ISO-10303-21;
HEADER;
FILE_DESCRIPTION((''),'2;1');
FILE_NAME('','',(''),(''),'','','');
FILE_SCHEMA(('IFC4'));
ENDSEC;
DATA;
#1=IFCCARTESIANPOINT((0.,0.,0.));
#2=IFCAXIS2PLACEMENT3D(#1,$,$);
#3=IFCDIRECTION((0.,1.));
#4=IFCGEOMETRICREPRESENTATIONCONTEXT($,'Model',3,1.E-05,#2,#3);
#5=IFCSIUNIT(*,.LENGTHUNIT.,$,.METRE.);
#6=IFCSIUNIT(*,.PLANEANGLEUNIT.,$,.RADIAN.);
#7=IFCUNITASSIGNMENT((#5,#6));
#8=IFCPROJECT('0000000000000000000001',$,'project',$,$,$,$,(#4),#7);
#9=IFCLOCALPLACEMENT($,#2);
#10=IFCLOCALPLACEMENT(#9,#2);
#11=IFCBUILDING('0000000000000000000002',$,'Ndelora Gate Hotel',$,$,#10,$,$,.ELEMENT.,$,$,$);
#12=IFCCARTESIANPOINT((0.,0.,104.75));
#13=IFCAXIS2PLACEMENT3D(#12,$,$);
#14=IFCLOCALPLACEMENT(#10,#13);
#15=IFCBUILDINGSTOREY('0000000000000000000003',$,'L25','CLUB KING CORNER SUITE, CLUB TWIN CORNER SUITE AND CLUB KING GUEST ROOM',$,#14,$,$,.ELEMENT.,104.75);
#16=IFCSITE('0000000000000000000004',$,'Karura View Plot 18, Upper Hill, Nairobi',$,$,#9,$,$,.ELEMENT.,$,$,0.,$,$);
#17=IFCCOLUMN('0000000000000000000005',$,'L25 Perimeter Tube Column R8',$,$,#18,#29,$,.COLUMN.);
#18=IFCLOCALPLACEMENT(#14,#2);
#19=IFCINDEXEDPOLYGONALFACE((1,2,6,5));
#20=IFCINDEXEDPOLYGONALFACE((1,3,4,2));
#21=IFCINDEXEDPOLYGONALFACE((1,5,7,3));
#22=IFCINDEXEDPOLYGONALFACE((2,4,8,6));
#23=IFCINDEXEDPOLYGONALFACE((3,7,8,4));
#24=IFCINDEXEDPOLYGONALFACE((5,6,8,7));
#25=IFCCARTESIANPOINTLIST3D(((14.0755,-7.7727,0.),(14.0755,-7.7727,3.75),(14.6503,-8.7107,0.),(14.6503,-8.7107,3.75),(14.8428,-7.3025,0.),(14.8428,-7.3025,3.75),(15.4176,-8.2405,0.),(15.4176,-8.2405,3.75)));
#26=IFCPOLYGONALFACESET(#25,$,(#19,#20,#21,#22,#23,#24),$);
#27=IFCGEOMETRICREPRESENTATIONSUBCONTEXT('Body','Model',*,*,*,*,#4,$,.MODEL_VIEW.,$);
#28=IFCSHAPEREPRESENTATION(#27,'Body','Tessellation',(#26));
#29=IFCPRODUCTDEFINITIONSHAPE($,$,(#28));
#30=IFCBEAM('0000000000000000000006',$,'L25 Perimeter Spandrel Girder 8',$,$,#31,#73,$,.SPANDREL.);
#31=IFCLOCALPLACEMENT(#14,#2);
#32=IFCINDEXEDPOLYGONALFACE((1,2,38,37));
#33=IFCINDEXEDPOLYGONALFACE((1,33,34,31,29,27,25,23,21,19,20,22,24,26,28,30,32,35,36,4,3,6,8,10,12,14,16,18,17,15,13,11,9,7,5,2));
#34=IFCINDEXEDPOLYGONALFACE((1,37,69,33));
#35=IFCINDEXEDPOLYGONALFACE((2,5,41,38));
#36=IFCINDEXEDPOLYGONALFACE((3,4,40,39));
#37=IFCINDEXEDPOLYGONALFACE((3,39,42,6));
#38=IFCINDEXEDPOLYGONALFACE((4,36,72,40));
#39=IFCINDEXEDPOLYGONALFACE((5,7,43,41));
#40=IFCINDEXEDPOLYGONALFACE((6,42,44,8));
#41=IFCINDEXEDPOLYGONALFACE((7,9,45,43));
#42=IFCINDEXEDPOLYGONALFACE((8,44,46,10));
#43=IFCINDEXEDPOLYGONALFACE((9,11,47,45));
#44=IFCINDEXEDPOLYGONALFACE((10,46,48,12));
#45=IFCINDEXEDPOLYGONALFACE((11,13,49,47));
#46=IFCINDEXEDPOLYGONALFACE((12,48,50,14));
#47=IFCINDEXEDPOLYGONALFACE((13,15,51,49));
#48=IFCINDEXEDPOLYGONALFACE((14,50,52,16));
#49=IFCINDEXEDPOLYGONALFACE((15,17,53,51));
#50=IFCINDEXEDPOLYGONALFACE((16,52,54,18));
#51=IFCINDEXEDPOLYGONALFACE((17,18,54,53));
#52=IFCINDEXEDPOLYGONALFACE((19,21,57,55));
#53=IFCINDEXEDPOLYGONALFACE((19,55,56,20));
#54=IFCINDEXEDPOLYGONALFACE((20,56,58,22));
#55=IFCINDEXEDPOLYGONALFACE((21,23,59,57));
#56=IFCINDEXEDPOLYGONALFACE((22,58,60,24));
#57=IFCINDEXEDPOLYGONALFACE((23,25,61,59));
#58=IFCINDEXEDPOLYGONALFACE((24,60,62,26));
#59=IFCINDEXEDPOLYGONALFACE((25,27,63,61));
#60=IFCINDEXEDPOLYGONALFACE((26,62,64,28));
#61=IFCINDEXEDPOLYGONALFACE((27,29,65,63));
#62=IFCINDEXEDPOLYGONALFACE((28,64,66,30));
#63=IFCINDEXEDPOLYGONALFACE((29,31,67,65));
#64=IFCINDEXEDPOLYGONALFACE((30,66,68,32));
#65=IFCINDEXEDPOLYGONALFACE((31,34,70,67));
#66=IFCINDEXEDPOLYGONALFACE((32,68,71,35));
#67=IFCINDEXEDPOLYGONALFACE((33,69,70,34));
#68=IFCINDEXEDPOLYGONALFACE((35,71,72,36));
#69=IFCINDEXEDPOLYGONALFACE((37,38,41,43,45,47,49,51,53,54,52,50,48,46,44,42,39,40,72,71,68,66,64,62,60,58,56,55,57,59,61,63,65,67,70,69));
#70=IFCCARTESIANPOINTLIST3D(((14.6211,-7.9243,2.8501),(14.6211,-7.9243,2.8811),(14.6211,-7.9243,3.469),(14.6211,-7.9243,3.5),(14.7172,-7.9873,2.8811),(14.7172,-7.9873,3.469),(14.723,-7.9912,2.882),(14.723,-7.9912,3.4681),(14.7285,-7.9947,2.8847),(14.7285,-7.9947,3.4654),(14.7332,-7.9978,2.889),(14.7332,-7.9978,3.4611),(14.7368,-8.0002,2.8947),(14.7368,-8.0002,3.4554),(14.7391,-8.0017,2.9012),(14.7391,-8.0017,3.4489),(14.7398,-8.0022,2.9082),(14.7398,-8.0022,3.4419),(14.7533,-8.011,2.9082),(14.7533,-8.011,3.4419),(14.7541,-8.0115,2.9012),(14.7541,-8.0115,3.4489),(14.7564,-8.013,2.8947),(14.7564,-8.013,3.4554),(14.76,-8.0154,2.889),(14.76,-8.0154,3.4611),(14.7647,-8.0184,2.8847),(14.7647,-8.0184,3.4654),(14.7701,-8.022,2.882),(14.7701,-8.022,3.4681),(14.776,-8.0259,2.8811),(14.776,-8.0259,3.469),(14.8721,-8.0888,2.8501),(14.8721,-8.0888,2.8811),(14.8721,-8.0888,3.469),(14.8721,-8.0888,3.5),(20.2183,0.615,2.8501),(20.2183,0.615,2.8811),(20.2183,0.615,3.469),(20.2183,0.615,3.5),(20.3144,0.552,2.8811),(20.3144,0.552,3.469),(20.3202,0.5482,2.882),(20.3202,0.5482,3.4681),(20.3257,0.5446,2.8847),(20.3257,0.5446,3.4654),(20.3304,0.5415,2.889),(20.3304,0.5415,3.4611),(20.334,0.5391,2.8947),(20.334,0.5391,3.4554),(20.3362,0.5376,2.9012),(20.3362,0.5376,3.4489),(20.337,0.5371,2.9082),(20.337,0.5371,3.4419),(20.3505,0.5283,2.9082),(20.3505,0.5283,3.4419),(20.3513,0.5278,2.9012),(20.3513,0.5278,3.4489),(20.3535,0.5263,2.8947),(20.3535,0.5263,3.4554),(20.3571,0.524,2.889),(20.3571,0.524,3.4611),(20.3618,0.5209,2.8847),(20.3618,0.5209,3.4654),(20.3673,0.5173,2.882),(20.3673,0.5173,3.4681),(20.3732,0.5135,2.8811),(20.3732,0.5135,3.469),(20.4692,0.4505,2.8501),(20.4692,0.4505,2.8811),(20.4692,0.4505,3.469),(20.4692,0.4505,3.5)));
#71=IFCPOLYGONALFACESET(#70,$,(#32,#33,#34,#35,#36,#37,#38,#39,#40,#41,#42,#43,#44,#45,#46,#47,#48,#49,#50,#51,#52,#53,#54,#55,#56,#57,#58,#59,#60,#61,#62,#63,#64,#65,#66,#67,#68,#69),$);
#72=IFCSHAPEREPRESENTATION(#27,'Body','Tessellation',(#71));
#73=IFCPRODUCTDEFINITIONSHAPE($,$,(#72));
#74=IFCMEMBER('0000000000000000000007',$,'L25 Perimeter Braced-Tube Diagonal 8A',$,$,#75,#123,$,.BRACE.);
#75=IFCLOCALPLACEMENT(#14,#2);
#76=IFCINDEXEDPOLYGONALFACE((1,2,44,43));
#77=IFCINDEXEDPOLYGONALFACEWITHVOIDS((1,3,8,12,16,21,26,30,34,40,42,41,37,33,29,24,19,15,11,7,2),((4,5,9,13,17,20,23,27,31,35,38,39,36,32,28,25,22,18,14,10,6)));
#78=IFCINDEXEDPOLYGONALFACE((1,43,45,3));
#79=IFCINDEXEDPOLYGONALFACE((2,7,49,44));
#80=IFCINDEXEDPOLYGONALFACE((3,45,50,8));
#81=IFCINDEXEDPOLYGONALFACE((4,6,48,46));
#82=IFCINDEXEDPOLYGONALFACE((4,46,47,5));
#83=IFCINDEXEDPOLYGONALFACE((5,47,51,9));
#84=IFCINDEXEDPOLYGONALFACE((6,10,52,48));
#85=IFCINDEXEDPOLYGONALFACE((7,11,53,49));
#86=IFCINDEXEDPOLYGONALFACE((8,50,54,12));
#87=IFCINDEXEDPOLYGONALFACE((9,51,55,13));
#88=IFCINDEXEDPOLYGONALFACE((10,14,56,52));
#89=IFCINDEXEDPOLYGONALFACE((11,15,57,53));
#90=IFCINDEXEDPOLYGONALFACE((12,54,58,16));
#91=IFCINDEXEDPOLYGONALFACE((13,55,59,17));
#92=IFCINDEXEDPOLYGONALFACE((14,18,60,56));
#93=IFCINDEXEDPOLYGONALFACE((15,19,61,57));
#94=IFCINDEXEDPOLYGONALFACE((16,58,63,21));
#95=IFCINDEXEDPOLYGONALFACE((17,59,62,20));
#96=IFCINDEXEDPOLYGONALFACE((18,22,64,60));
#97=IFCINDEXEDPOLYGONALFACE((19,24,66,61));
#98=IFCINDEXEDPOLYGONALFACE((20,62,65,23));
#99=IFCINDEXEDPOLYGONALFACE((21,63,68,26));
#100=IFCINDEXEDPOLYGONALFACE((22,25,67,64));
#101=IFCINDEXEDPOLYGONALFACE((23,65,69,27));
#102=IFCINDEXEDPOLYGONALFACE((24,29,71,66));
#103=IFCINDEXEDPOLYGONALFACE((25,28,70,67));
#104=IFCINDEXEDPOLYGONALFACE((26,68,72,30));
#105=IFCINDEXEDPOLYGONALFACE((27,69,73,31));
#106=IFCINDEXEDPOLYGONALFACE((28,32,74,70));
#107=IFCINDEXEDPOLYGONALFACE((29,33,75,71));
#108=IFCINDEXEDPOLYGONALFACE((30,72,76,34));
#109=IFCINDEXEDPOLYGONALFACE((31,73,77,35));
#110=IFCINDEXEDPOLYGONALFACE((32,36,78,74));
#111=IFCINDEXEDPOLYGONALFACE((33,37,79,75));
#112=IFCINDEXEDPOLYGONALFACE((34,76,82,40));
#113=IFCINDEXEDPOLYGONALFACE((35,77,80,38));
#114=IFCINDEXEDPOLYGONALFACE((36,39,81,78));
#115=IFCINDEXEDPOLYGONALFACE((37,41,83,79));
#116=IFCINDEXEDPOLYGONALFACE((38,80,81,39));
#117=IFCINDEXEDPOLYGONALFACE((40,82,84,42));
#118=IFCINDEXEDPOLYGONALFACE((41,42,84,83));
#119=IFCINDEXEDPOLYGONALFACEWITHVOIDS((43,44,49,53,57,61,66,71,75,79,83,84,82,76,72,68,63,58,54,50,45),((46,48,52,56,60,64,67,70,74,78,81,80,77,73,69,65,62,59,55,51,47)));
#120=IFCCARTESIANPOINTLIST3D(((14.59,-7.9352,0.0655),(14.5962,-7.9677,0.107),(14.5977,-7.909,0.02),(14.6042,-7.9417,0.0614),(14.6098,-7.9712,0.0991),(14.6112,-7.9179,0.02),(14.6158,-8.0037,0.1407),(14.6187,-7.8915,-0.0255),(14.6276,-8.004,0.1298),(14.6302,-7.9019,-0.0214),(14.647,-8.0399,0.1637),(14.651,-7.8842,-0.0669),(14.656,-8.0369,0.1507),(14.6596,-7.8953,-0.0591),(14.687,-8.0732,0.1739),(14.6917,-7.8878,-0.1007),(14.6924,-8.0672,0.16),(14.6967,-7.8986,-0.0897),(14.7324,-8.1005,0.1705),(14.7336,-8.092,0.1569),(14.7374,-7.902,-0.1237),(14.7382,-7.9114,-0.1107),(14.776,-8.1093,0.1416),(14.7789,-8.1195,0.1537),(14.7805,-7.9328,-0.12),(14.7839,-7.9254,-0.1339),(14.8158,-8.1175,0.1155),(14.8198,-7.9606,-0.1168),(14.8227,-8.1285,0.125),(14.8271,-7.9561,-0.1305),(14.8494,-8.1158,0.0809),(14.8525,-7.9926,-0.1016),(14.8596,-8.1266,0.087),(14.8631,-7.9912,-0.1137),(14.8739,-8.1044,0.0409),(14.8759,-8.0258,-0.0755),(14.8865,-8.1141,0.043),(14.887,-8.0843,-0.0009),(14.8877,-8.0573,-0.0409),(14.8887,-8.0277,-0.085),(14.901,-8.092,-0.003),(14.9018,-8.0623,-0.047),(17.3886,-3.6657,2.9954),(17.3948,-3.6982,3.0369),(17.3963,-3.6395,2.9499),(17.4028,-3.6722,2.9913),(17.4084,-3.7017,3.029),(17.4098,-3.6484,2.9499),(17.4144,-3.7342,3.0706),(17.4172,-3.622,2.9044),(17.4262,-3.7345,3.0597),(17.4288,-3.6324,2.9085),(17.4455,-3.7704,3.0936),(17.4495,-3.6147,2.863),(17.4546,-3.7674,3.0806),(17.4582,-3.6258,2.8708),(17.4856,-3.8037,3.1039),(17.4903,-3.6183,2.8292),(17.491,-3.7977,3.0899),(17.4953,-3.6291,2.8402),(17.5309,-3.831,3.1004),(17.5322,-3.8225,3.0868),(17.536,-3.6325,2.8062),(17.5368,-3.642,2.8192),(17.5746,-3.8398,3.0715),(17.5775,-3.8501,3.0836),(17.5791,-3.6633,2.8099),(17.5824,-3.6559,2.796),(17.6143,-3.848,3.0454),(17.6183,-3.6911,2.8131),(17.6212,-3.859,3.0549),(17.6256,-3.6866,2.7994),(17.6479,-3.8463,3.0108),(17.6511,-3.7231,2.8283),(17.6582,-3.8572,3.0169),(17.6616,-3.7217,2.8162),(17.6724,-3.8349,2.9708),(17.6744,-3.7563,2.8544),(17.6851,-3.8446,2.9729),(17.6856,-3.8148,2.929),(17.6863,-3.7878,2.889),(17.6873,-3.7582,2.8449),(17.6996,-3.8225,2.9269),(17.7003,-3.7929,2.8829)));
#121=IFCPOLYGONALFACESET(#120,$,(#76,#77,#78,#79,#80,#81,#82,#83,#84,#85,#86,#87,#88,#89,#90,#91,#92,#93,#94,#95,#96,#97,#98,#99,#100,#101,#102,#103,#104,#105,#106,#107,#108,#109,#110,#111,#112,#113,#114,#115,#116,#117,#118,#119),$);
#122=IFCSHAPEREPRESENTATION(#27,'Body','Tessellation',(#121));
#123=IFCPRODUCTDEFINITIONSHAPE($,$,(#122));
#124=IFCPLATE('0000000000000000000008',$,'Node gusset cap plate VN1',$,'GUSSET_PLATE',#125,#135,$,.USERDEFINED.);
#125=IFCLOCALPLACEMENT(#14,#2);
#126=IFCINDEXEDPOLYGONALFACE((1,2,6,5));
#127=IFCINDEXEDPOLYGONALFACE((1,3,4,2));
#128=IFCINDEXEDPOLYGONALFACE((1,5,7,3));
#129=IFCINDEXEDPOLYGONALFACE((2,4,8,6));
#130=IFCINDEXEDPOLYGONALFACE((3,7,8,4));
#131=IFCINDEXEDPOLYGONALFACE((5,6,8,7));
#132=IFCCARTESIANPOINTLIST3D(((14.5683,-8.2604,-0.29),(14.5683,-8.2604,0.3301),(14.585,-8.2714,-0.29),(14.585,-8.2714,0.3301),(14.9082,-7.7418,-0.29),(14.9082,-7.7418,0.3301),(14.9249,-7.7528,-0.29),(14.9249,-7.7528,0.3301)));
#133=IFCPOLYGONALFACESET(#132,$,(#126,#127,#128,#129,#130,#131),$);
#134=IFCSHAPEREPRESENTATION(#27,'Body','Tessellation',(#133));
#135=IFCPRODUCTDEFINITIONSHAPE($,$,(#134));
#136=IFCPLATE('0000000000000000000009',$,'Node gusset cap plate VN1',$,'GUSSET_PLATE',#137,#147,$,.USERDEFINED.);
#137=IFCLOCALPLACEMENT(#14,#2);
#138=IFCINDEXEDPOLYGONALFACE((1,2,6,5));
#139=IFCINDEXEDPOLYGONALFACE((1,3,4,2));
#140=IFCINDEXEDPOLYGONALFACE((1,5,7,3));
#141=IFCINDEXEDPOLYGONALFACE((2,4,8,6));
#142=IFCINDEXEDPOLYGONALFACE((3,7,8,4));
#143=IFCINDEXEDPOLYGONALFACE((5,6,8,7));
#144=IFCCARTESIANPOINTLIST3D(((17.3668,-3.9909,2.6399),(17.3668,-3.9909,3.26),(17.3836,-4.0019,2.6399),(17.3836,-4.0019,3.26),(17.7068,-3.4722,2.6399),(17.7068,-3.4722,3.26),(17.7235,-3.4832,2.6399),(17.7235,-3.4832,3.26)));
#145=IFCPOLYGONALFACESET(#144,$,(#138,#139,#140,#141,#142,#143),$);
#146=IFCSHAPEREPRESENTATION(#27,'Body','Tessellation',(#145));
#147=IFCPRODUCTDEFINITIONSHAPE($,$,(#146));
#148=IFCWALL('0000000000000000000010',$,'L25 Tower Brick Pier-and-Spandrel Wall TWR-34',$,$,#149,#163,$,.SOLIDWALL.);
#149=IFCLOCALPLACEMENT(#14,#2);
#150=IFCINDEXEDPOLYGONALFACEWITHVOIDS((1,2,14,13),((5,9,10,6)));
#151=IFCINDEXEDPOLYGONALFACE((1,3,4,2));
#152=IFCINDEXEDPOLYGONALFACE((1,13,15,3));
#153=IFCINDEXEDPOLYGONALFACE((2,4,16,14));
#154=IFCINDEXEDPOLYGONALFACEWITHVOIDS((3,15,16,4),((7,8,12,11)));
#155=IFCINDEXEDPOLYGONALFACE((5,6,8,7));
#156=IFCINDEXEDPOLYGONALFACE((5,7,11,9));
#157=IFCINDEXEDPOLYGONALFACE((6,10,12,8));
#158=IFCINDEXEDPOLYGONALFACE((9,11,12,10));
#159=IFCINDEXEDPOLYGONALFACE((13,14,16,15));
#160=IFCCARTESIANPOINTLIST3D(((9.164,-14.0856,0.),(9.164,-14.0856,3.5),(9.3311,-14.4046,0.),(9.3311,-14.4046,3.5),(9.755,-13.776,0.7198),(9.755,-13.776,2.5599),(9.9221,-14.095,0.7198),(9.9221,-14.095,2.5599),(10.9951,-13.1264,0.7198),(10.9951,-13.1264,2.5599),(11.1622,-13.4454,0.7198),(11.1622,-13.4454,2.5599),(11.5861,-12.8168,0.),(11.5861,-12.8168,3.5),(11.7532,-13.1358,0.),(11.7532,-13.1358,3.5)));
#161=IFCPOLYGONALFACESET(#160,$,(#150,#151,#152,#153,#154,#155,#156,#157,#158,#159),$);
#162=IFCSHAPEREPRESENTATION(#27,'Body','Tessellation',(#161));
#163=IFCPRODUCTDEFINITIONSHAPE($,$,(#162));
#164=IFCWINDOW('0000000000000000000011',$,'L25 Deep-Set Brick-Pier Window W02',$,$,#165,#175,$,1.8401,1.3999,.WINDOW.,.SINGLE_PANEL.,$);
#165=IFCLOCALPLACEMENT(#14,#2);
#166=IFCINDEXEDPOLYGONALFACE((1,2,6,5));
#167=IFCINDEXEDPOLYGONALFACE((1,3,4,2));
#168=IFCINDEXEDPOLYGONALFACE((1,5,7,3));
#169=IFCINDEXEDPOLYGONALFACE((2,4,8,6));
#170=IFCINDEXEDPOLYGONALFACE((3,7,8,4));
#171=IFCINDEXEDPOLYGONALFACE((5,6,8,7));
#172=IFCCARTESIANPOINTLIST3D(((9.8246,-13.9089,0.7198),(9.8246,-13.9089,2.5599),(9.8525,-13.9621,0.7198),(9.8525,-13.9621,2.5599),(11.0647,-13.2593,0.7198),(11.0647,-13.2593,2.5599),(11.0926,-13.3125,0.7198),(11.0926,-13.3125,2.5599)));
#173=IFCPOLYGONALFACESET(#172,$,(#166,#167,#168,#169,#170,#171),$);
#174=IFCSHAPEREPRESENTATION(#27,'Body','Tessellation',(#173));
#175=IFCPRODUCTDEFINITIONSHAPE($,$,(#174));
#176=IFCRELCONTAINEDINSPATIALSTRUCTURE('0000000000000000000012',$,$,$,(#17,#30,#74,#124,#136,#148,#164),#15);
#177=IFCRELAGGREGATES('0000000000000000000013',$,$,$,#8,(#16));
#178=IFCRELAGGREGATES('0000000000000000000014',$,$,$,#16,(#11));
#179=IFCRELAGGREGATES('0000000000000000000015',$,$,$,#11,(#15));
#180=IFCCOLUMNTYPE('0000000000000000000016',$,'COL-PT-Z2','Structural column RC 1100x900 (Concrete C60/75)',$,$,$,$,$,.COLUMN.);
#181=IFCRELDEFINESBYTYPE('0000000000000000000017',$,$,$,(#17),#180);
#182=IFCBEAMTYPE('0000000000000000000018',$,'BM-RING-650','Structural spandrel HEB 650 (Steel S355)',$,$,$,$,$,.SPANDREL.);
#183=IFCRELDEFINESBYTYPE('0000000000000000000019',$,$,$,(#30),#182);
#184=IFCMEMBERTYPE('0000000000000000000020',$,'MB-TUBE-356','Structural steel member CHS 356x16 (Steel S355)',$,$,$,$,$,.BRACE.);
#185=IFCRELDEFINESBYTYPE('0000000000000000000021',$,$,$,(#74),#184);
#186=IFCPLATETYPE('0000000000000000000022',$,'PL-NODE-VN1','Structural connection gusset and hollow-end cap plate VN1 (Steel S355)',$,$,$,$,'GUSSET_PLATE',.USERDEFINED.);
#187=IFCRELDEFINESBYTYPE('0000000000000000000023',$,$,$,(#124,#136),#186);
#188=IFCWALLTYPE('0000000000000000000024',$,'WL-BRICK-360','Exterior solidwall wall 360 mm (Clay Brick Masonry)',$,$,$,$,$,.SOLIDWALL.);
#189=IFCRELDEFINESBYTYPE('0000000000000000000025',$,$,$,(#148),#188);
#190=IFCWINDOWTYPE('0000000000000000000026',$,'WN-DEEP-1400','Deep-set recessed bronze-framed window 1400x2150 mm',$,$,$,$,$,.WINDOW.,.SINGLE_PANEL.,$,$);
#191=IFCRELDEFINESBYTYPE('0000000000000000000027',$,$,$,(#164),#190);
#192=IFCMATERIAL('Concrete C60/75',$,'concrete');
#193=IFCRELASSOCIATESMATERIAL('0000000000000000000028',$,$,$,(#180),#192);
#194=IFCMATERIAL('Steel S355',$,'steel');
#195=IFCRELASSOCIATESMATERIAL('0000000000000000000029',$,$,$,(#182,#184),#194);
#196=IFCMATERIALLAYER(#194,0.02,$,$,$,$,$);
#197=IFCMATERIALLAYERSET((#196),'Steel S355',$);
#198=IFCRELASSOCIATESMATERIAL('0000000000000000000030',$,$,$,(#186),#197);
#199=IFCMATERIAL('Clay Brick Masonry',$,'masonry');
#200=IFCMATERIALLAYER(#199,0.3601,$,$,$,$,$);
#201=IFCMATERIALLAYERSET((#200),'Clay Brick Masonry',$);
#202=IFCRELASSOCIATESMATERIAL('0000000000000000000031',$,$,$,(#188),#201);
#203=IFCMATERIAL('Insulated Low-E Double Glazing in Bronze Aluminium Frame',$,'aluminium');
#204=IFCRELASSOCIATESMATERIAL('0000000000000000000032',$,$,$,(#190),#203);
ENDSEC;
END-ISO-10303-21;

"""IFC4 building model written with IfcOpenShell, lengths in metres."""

from ifc_helpers import new_model, si_unit, direction, frame, frame_2d, origin, origin_2d, place, context, subcontext, project, spatial, rectangle, hollow_circle, i_section, extrude, material, layer, layer_set, material_profile, profile_set, type_object, element, fill, save


model = new_model("IFC4")

# Units and contexts
model_context = context("Model", 3, precision=1e-05, world=origin(), true_north=direction((0.0, 1.0)))
body_context = subcontext(model_context, "Body", "Model", "MODEL_VIEW")
ifc_project = project(units=[si_unit("LENGTHUNIT", "METRE"), si_unit("PLANEANGLEUNIT", "RADIAN")], contexts=[model_context])

# Site, building, storey
site_placement = place(None, origin())
site = spatial("IfcSite", under=ifc_project, at=site_placement, Name="Karura View Plot 18, Upper Hill, Nairobi", CompositionType="ELEMENT", RefElevation=0.0)
building_placement = place(site_placement, origin())
building = spatial("IfcBuilding", under=site, at=building_placement, Name="Ndelora Gate Hotel", CompositionType="ELEMENT")
storey_placement = place(building_placement, frame((0.0, 0.0, 104.75)))
storey = spatial("IfcBuildingStorey", under=building, at=storey_placement, Name="L25", Description="CLUB KING CORNER SUITE, CLUB TWIN CORNER SUITE AND CLUB KING GUEST ROOM", CompositionType="ELEMENT", Elevation=104.75)

# Column
ifc_material_1 = material(Name="Concrete C60/75", Category="concrete")
ifc_material_profile_1 = material_profile(ifc_material_1, rectangle(XDim=0.8999, YDim=1.1001, at=origin_2d()), Name="RC 1100x900")
ifc_profile_set_1 = profile_set([ifc_material_profile_1], Name="Concrete C60/75")
column_type = type_object("IfcColumnType", Name="COL-PT-Z2", Description="Structural column RC 1100x900 (Concrete C60/75)", PredefinedType="COLUMN", material=ifc_profile_set_1)
column_placement = place(storey_placement, frame((14.7466, -8.0066, 0.0), z_axis=(0.0, 0.0, 1.0), x_axis=(0.85264, 0.522499, 0.0)))
element("IfcColumn", 1, at=column_placement, inside=storey, type_object=column_type, Name="L25 Perimeter Tube Column R8", PredefinedType="COLUMN", context=body_context, shape_type="SweptSolid", body=[
    extrude(rectangle(XDim=0.8999, YDim=1.1001, at=origin_2d()), origin(), (0.0, 0.0, 1.0), 3.75),
])

# Beam
ifc_material_2 = material(Name="Steel S355", Category="steel")
ifc_material_profile_2 = material_profile(ifc_material_2, i_section(OverallWidth=0.3, OverallDepth=0.6499, WebThickness=0.0161, FlangeThickness=0.031, FilletRadius=0.0271, at=origin_2d()), Name="HEB 650")
ifc_profile_set_2 = profile_set([ifc_material_profile_2], Name="Steel S355")
beam_type = type_object("IfcBeamType", Name="BM-RING-650", Description="Structural spandrel HEB 650 (Steel S355)", PredefinedType="SPANDREL", material=ifc_profile_set_2)
beam_placement = place(storey_placement, frame((14.7466, -8.0066, 3.175), z_axis=(0.548194, 0.836351, 0.0), x_axis=(-0.836351, 0.548194, 0.0)))
element("IfcBeam", 2, at=beam_placement, inside=storey, type_object=beam_type, Name="L25 Perimeter Spandrel Girder 8", PredefinedType="SPANDREL", context=body_context, shape_type="SweptSolid", body=[
    extrude(i_section(OverallWidth=0.3, OverallDepth=0.6499, WebThickness=0.0161, FlangeThickness=0.031, FilletRadius=0.0271, at=origin_2d()), origin(), (0.0, 0.0, 1.0), 10.2102),
])

# Member
ifc_material_profile_3 = material_profile(ifc_material_2, hollow_circle(Radius=0.178, WallThickness=0.0161, at=origin_2d()), Name="CHS 356x16")
ifc_profile_set_3 = profile_set([ifc_material_profile_3], Name="Steel S355")
member_type = type_object("IfcMemberType", Name="MB-TUBE-356", Description="Structural steel member CHS 356x16 (Steel S355)", PredefinedType="BRACE", material=ifc_profile_set_3)
member_placement = place(storey_placement, frame((14.7466, -8.0066, 0.02), z_axis=(0.475461, 0.725366, 0.497776), x_axis=(-0.836344, 0.548205, 0.0)))
element("IfcMember", 3, at=member_placement, inside=storey, type_object=member_type, Name="L25 Perimeter Braced-Tube Diagonal 8A", PredefinedType="BRACE", context=body_context, shape_type="SweptSolid", body=[
    extrude(hollow_circle(Radius=0.178, WallThickness=0.0161, at=origin_2d()), origin(), (0.0, 0.0, 1.0), 5.886),
])

# Plates
ifc_layer_1 = layer(ifc_material_2, 0.02)
ifc_layer_set_1 = layer_set([ifc_layer_1], Name="Steel S355")
plate_type = type_object("IfcPlateType", Name="PL-NODE-VN1", Description="Structural connection gusset and hollow-end cap plate VN1 (Steel S355)", ElementType="GUSSET_PLATE", PredefinedType="USERDEFINED", material=ifc_layer_set_1)
for number, where, z_axis, x_axis, name in (
    (4, (14.7466, -8.0066, -0.29), (0.0, 0.0, 1.0), (0.548147, 0.836382, 0.0), "Node gusset cap plate VN1"),
    (5, (17.5452, -3.7371, 2.6399), (0.0, 0.0, 1.0), (0.548147, 0.836382, 0.0), "Node gusset cap plate VN1"),
):
    element("IfcPlate", number, at=place(storey_placement, frame(where, z_axis=z_axis, x_axis=x_axis)), inside=storey, type_object=plate_type, Name=name, ObjectType="GUSSET_PLATE", PredefinedType="USERDEFINED", context=body_context, shape_type="SweptSolid", body=[
        extrude(rectangle(XDim=0.6201, YDim=0.02, at=origin_2d()), origin(), (0.0, 0.0, 1.0), 0.6201),
    ])

# Wall, opening, window
ifc_material_3 = material(Name="Clay Brick Masonry", Category="masonry")
ifc_layer_2 = layer(ifc_material_3, 0.3601)
ifc_layer_set_2 = layer_set([ifc_layer_2], Name="Clay Brick Masonry")
wall_type_1 = type_object("IfcWallType", Name="WL-BRICK-360", Description="Exterior solidwall wall 360 mm (Clay Brick Masonry)", PredefinedType="SOLIDWALL", material=ifc_layer_set_2)
wall_1_placement = place(storey_placement, frame((11.6697, -12.9763, 0.0), z_axis=(0.0, 0.0, 1.0), x_axis=(-0.885821, -0.464027, 0.0)))
wall_1 = element("IfcWall", 6, at=wall_1_placement, inside=storey, type_object=wall_type_1, Name="L25 Tower Brick Pier-and-Spandrel Wall TWR-34", PredefinedType="SOLIDWALL", context=body_context, shape_type="SweptSolid", body=[
    extrude(rectangle(XDim=2.7344, YDim=0.3601, at=frame_2d((1.3672, 0.0))), origin(), (0.0, 0.0, 1.0), 3.5),
])
opening_1_placement = place(wall_1_placement, frame((0.6672, 0.0, 0.72)))
opening_1 = element("IfcOpeningElement", 7, at=opening_1_placement, cuts=wall_1, PredefinedType="OPENING", context=body_context, shape_type="SweptSolid", body=[
    extrude(rectangle(XDim=1.3999, YDim=1.8401, at=frame_2d((0.7, 0.9199))), frame((0.0, 0.1899, 0.0), z_axis=(0.0, -1.0, 0.0), x_axis=(1.0, 0.0, 0.0)), (0.0, 0.0, 1.0), 0.3801),
])
ifc_material_4 = material(Name="Insulated Low-E Double Glazing in Bronze Aluminium Frame", Category="aluminium")
window_type_1 = type_object("IfcWindowType", Name="WN-DEEP-1400", Description="Deep-set recessed bronze-framed window 1400x2150 mm", PartitioningType="SINGLE_PANEL", PredefinedType="WINDOW", material=ifc_material_4)
window_1_placement = place(opening_1_placement, origin())
window_1 = element("IfcWindow", 8, at=window_1_placement, inside=storey, type_object=window_type_1, Name="L25 Deep-Set Brick-Pier Window W02", OverallHeight=1.8401, OverallWidth=1.3999, PartitioningType="SINGLE_PANEL", PredefinedType="WINDOW", context=body_context, shape_type="SweptSolid", body=[
    extrude(rectangle(XDim=1.3999, YDim=1.8401, at=frame_2d((0.7, 0.9199))), frame((0.0, 0.03, 0.0), z_axis=(0.0, -1.0, 0.0), x_axis=(1.0, 0.0, 0.0)), (0.0, 0.0, 1.0), 0.0601),
])
fill(opening_1, window_1)

save(model, "model.ifc")
